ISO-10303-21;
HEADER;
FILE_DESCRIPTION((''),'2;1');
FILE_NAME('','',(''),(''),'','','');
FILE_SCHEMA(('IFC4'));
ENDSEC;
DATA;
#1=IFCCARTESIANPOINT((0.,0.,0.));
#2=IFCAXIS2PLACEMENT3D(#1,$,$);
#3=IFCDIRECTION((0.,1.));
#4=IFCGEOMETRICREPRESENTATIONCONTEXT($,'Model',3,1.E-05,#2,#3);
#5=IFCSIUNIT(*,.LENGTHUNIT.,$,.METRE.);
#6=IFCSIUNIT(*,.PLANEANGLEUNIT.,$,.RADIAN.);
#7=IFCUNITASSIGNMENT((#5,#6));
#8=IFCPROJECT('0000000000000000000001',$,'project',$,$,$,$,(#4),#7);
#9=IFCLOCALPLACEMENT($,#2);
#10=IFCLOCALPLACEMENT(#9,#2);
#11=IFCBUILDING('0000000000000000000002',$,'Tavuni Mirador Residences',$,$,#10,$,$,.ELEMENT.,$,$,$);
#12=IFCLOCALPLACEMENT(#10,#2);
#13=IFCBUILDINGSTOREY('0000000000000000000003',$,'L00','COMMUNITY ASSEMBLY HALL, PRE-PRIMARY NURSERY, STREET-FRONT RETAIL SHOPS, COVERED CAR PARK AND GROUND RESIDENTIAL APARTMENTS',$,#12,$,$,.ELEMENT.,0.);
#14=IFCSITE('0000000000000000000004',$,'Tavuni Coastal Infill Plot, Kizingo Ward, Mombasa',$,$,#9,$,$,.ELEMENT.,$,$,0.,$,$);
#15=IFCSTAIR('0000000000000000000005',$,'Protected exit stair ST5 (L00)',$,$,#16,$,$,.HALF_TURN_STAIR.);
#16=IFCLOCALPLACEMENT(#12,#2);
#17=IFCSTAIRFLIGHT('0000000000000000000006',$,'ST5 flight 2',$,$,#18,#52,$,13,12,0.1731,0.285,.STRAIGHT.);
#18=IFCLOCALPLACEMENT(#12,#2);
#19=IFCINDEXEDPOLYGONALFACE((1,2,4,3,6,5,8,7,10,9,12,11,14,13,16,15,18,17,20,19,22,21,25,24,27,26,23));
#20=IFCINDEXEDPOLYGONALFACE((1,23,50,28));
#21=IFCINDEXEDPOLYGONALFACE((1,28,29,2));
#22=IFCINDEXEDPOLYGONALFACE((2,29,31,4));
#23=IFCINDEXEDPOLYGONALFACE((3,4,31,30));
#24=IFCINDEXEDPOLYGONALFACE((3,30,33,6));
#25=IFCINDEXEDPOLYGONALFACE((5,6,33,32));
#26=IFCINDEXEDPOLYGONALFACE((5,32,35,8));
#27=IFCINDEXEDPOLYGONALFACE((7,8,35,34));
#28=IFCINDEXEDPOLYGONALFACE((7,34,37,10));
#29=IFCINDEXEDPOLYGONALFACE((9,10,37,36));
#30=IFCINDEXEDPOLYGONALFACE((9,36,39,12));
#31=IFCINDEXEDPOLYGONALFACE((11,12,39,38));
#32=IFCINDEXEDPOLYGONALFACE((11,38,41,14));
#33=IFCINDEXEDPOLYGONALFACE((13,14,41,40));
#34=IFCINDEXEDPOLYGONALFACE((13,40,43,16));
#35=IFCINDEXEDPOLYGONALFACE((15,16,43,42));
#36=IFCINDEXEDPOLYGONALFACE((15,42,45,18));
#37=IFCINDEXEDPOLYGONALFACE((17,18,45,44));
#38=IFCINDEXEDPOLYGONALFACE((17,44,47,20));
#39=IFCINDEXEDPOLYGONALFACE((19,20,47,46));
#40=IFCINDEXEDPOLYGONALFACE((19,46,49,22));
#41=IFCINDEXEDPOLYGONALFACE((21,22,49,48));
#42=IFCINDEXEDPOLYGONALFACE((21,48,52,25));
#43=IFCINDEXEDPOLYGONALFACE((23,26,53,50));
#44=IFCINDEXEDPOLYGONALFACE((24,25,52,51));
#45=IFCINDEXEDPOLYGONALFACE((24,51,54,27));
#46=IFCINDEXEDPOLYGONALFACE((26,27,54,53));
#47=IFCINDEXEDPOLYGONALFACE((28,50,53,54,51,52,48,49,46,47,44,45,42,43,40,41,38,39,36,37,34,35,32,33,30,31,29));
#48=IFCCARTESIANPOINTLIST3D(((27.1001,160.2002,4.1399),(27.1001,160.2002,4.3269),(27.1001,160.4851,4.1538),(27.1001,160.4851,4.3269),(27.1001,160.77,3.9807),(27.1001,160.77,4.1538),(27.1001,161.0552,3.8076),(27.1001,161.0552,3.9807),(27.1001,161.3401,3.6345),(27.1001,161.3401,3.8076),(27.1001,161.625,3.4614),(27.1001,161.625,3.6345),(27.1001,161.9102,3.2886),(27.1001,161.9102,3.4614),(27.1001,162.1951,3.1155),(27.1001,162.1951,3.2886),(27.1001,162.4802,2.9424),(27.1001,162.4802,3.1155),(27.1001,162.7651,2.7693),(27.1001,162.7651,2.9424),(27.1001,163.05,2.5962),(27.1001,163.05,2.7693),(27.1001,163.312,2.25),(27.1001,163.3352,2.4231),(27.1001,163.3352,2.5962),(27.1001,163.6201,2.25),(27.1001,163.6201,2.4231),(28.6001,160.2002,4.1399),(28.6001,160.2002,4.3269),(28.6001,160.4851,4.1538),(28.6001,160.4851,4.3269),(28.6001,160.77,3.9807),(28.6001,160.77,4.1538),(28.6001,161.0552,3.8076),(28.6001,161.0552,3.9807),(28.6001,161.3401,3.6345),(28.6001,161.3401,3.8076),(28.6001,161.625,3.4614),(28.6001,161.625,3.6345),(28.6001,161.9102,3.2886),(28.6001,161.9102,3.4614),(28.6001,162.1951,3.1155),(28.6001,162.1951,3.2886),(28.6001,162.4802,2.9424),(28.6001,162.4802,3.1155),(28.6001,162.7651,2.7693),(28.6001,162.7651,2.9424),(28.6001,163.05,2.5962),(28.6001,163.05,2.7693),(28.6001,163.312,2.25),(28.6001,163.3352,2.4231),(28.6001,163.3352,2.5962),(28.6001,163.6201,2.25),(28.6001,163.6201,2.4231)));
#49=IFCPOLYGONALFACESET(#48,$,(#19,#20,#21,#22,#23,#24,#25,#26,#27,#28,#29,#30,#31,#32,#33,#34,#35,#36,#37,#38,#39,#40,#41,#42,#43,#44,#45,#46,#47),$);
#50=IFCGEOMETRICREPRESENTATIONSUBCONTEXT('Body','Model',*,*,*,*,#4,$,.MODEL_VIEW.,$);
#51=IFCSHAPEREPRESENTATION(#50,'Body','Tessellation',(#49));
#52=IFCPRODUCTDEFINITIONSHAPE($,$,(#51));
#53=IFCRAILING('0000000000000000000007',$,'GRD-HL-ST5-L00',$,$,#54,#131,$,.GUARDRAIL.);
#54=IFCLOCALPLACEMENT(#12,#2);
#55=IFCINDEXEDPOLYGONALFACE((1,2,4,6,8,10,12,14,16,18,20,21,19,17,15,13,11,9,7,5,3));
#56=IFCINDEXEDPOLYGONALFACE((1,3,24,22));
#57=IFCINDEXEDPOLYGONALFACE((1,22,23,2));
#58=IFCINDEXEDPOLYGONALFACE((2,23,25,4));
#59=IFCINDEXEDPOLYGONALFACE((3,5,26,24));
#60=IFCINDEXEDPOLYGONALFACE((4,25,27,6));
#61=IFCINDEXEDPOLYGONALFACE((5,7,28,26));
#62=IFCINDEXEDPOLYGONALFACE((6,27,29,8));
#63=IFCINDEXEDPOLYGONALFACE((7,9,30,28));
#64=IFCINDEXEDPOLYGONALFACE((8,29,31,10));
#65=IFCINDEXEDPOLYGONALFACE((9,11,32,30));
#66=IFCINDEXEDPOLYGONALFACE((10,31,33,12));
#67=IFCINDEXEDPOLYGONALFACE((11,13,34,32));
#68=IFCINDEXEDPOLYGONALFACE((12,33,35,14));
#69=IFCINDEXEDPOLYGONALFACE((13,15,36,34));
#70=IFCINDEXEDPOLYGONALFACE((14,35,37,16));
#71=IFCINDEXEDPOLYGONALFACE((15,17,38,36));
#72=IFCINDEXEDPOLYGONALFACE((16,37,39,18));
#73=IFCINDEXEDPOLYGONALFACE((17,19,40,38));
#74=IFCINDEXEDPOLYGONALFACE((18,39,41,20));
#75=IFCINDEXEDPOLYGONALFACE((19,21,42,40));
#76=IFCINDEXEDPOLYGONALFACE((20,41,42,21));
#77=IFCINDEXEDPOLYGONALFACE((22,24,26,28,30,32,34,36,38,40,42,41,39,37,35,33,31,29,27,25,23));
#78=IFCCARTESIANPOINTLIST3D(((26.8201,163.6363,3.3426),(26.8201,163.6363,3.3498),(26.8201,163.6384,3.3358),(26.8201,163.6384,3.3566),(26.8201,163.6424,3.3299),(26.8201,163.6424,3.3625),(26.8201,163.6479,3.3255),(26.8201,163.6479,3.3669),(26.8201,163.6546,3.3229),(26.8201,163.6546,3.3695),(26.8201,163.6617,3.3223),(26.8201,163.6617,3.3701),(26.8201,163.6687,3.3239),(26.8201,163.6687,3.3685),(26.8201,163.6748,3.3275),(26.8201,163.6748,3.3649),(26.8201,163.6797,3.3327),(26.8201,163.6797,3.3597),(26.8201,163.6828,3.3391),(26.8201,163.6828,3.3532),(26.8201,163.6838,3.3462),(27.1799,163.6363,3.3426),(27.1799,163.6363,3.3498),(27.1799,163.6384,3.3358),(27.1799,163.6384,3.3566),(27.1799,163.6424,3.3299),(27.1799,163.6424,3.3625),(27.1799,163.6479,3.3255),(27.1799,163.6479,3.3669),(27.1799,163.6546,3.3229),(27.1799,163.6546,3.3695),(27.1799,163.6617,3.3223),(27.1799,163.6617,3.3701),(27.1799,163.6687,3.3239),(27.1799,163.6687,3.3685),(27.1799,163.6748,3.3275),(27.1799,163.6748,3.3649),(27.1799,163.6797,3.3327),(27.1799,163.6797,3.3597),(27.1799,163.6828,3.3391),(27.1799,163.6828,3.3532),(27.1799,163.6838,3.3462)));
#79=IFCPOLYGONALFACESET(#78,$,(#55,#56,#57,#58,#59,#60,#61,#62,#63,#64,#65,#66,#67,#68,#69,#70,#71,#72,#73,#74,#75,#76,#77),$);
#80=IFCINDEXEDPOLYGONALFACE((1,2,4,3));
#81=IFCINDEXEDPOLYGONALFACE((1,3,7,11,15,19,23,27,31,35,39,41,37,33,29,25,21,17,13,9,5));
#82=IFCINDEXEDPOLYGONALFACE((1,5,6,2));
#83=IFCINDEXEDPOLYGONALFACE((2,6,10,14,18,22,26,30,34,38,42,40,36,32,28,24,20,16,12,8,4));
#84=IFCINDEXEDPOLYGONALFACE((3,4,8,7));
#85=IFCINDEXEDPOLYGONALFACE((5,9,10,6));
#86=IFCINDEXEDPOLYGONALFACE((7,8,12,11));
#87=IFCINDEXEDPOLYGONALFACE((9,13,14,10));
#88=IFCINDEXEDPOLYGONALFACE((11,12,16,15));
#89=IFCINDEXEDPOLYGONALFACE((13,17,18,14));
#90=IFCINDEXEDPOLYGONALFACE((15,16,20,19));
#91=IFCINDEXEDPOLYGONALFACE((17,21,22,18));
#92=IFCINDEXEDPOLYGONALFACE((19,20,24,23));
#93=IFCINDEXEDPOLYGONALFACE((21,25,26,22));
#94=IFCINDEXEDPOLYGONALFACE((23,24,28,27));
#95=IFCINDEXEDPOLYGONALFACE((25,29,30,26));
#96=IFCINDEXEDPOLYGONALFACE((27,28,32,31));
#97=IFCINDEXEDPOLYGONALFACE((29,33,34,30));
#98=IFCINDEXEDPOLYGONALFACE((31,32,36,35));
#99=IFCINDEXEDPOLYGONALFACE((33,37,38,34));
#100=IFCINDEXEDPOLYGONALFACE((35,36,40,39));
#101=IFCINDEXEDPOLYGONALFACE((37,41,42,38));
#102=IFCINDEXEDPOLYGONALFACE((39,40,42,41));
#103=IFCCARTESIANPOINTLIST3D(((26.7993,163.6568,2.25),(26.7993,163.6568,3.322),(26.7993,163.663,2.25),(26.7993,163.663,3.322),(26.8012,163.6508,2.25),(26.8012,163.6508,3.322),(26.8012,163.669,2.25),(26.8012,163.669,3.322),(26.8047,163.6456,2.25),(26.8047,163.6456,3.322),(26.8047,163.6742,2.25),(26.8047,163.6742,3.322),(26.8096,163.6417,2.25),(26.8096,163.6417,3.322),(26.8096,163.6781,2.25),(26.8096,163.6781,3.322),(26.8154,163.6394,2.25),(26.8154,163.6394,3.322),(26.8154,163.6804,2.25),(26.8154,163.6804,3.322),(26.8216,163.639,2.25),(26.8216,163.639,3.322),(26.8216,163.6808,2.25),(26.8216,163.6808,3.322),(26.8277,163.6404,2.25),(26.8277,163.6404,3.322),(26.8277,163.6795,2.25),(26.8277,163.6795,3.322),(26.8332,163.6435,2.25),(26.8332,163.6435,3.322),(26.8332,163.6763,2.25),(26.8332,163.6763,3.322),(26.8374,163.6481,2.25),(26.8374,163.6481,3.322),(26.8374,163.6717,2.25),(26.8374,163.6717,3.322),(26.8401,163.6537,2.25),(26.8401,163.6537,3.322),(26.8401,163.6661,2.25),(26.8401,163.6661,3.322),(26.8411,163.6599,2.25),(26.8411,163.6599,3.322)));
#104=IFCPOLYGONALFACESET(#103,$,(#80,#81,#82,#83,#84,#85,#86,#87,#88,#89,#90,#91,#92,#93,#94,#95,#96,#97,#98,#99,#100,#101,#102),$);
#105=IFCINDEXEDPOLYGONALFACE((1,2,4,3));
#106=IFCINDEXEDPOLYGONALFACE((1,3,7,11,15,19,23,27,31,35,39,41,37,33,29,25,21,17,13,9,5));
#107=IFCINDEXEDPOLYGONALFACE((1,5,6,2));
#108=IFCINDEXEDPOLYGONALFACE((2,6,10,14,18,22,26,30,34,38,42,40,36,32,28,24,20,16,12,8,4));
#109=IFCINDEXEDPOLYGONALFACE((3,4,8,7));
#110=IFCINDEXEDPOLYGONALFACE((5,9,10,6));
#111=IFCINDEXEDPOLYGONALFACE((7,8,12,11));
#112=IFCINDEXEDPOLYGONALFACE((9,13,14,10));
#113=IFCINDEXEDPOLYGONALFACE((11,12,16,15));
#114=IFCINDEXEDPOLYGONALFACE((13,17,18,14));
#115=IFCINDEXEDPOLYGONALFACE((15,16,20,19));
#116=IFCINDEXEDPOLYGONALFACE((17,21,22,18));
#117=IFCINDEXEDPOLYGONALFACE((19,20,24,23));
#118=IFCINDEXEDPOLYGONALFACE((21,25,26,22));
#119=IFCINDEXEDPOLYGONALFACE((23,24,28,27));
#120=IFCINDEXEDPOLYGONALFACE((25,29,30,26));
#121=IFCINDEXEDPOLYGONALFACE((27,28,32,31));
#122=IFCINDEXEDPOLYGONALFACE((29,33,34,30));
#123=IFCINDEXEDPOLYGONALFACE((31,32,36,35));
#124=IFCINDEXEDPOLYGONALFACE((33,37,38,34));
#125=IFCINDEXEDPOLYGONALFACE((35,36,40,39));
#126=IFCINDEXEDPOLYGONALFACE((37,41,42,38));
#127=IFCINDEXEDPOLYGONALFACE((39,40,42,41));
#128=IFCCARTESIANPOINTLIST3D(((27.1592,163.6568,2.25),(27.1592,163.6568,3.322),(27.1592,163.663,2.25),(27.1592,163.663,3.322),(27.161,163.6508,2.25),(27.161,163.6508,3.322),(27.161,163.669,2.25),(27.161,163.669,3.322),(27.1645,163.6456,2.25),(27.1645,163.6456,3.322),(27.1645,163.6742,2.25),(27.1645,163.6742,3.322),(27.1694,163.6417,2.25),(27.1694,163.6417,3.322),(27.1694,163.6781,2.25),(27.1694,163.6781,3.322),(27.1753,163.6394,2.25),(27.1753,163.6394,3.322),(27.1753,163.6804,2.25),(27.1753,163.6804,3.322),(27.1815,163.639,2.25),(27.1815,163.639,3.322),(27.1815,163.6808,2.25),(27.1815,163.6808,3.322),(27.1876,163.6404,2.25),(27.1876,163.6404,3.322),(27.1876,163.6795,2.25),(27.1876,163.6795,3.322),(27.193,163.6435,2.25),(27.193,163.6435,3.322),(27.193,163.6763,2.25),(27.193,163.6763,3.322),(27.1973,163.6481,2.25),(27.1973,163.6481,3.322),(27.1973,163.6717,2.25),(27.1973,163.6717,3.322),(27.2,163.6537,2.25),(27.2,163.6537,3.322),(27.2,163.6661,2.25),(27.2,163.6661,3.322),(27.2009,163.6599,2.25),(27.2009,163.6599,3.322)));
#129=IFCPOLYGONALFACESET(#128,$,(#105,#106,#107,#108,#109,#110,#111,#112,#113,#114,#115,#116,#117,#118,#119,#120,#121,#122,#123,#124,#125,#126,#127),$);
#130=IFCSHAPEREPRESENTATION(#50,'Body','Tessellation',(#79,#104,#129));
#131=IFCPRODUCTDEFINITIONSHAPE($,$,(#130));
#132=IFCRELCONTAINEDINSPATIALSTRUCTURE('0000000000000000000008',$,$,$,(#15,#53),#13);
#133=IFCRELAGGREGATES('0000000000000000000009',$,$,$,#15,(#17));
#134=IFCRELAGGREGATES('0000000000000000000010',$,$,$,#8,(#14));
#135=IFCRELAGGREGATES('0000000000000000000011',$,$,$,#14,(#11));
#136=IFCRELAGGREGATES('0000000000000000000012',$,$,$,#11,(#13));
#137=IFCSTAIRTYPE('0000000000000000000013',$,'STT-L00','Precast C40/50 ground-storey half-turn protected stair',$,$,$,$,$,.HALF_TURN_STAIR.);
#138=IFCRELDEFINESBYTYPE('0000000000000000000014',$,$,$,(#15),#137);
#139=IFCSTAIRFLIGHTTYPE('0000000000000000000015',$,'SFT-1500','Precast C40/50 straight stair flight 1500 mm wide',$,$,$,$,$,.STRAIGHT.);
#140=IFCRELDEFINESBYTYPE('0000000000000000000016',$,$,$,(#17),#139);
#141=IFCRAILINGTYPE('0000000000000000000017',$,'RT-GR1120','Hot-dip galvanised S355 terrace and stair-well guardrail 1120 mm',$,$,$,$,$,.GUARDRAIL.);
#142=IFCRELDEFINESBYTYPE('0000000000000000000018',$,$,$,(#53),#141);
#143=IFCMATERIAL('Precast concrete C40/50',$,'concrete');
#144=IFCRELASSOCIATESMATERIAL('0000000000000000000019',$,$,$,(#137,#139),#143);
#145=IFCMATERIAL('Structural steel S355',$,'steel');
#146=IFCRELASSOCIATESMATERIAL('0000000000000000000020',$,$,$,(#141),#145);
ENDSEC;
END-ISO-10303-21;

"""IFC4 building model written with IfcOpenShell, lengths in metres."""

from ifc_helpers import new_model, si_unit, direction, frame, origin, origin_2d, place, context, subcontext, project, spatial, polyline, circle, outline, extrude, material, type_object, element, aggregate, save


model = new_model("IFC4")

# Units and contexts
model_context = context("Model", 3, precision=1e-05, world=origin(), true_north=direction((0.0, 1.0)))
body_context = subcontext(model_context, "Body", "Model", "MODEL_VIEW")
ifc_project = project(units=[si_unit("LENGTHUNIT", "METRE"), si_unit("PLANEANGLEUNIT", "RADIAN")], contexts=[model_context])

# Site, building, storey
site_placement = place(None, origin())
site = spatial("IfcSite", under=ifc_project, at=site_placement, Name="Tavuni Coastal Infill Plot, Kizingo Ward, Mombasa", CompositionType="ELEMENT", RefElevation=0.0)
building_placement = place(site_placement, origin())
building = spatial("IfcBuilding", under=site, at=building_placement, Name="Tavuni Mirador Residences", CompositionType="ELEMENT")
storey_placement = place(building_placement, origin())
storey = spatial("IfcBuildingStorey", under=building, at=storey_placement, Name="L00", Description="COMMUNITY ASSEMBLY HALL, PRE-PRIMARY NURSERY, STREET-FRONT RETAIL SHOPS, COVERED CAR PARK AND GROUND RESIDENTIAL APARTMENTS", CompositionType="ELEMENT", Elevation=0.0)

# Shared definitions
ifc_material_1 = material(Name="Precast concrete C40/50", Category="concrete")

# Shared definitions
ifc_material_2 = material(Name="Structural steel S355", Category="steel")

# Stair, stair flight
stair_type = type_object("IfcStairType", Name="STT-L00", Description="Precast C40/50 ground-storey half-turn protected stair", PredefinedType="HALF_TURN_STAIR", material=ifc_material_1)
stair_placement = place(storey_placement, origin())
stair = element("IfcStair", 1, at=stair_placement, inside=storey, type_object=stair_type, Name="Protected exit stair ST5 (L00)", PredefinedType="HALF_TURN_STAIR")
stair_flight_type = type_object("IfcStairFlightType", Name="SFT-1500", Description="Precast C40/50 straight stair flight 1500 mm wide", PredefinedType="STRAIGHT", material=ifc_material_1)
stair_flight_1_placement = place(storey_placement, frame((27.8501, 163.6201, 2.25), z_axis=(0.0, 0.0, 1.0), x_axis=(0.0, -1.0, 0.0)))
stair_flight_1 = element("IfcStairFlight", 2, at=stair_flight_1_placement, type_object=stair_flight_type, Name="ST5 flight 2", NumberOfRisers=13, NumberOfTreads=12, PredefinedType="STRAIGHT", RiserHeight=0.1731, TreadLength=0.285, context=body_context, shape_type="SweptSolid", body=[
    extrude(outline(polyline([(0.0, 0.0), (0.0, 0.1731), (0.2849, 0.1731), (0.2849, 0.3462), (0.5701, 0.3462), (0.5701, 0.5193), (0.855, 0.5193), (0.855, 0.6924), (1.1399, 0.6924), (1.1399, 0.8655), (1.425, 0.8655), (1.425, 1.0386), (1.71, 1.0386), (1.71, 1.2114), (1.9951, 1.2114), (1.9951, 1.3845), (2.28, 1.3845), (2.28, 1.5576), (2.5649, 1.5576), (2.5649, 1.7307), (2.8501, 1.7307), (2.8501, 1.9038), (3.135, 1.9038), (3.135, 2.0769), (3.4199, 2.0769), (3.4199, 2.25), (3.4199, 1.8899), (0.3081, 0.0), (0.0, 0.0)])), frame((0.0, 0.75, 0.0), z_axis=(0.0, -1.0, 0.0), x_axis=(1.0, 0.0, 0.0)), (0.0, 0.0, 1.0), 1.5),
])
aggregate(stair, [stair_flight_1])

# Railing
railing_type_1 = type_object("IfcRailingType", Name="RT-GR1120", Description="Hot-dip galvanised S355 terrace and stair-well guardrail 1120 mm", PredefinedType="GUARDRAIL", material=ifc_material_2)
railing_1_placement = place(storey_placement, frame((26.8201, 163.6599, 2.25)))
element("IfcRailing", 3, at=railing_1_placement, inside=storey, type_object=railing_type_1, Name="GRD-HL-ST5-L00", PredefinedType="GUARDRAIL", context=body_context, shape_type="SweptSolid", body=[
    extrude(circle(Radius=0.0239, at=origin_2d()), frame((0.0, 0.0, 1.0962), z_axis=(1.0, 0.0, 0.0), x_axis=(0.0, 1.0, 0.0)), (0.0, 0.0, 1.0), 0.3599),
    extrude(circle(Radius=0.021, at=origin_2d()), origin(), (0.0, 0.0, 1.0), 1.072),
    extrude(circle(Radius=0.021, at=origin_2d()), frame((0.3599, 0.0, 0.0)), (0.0, 0.0, 1.0), 1.072),
])

save(model, "model.ifc")
